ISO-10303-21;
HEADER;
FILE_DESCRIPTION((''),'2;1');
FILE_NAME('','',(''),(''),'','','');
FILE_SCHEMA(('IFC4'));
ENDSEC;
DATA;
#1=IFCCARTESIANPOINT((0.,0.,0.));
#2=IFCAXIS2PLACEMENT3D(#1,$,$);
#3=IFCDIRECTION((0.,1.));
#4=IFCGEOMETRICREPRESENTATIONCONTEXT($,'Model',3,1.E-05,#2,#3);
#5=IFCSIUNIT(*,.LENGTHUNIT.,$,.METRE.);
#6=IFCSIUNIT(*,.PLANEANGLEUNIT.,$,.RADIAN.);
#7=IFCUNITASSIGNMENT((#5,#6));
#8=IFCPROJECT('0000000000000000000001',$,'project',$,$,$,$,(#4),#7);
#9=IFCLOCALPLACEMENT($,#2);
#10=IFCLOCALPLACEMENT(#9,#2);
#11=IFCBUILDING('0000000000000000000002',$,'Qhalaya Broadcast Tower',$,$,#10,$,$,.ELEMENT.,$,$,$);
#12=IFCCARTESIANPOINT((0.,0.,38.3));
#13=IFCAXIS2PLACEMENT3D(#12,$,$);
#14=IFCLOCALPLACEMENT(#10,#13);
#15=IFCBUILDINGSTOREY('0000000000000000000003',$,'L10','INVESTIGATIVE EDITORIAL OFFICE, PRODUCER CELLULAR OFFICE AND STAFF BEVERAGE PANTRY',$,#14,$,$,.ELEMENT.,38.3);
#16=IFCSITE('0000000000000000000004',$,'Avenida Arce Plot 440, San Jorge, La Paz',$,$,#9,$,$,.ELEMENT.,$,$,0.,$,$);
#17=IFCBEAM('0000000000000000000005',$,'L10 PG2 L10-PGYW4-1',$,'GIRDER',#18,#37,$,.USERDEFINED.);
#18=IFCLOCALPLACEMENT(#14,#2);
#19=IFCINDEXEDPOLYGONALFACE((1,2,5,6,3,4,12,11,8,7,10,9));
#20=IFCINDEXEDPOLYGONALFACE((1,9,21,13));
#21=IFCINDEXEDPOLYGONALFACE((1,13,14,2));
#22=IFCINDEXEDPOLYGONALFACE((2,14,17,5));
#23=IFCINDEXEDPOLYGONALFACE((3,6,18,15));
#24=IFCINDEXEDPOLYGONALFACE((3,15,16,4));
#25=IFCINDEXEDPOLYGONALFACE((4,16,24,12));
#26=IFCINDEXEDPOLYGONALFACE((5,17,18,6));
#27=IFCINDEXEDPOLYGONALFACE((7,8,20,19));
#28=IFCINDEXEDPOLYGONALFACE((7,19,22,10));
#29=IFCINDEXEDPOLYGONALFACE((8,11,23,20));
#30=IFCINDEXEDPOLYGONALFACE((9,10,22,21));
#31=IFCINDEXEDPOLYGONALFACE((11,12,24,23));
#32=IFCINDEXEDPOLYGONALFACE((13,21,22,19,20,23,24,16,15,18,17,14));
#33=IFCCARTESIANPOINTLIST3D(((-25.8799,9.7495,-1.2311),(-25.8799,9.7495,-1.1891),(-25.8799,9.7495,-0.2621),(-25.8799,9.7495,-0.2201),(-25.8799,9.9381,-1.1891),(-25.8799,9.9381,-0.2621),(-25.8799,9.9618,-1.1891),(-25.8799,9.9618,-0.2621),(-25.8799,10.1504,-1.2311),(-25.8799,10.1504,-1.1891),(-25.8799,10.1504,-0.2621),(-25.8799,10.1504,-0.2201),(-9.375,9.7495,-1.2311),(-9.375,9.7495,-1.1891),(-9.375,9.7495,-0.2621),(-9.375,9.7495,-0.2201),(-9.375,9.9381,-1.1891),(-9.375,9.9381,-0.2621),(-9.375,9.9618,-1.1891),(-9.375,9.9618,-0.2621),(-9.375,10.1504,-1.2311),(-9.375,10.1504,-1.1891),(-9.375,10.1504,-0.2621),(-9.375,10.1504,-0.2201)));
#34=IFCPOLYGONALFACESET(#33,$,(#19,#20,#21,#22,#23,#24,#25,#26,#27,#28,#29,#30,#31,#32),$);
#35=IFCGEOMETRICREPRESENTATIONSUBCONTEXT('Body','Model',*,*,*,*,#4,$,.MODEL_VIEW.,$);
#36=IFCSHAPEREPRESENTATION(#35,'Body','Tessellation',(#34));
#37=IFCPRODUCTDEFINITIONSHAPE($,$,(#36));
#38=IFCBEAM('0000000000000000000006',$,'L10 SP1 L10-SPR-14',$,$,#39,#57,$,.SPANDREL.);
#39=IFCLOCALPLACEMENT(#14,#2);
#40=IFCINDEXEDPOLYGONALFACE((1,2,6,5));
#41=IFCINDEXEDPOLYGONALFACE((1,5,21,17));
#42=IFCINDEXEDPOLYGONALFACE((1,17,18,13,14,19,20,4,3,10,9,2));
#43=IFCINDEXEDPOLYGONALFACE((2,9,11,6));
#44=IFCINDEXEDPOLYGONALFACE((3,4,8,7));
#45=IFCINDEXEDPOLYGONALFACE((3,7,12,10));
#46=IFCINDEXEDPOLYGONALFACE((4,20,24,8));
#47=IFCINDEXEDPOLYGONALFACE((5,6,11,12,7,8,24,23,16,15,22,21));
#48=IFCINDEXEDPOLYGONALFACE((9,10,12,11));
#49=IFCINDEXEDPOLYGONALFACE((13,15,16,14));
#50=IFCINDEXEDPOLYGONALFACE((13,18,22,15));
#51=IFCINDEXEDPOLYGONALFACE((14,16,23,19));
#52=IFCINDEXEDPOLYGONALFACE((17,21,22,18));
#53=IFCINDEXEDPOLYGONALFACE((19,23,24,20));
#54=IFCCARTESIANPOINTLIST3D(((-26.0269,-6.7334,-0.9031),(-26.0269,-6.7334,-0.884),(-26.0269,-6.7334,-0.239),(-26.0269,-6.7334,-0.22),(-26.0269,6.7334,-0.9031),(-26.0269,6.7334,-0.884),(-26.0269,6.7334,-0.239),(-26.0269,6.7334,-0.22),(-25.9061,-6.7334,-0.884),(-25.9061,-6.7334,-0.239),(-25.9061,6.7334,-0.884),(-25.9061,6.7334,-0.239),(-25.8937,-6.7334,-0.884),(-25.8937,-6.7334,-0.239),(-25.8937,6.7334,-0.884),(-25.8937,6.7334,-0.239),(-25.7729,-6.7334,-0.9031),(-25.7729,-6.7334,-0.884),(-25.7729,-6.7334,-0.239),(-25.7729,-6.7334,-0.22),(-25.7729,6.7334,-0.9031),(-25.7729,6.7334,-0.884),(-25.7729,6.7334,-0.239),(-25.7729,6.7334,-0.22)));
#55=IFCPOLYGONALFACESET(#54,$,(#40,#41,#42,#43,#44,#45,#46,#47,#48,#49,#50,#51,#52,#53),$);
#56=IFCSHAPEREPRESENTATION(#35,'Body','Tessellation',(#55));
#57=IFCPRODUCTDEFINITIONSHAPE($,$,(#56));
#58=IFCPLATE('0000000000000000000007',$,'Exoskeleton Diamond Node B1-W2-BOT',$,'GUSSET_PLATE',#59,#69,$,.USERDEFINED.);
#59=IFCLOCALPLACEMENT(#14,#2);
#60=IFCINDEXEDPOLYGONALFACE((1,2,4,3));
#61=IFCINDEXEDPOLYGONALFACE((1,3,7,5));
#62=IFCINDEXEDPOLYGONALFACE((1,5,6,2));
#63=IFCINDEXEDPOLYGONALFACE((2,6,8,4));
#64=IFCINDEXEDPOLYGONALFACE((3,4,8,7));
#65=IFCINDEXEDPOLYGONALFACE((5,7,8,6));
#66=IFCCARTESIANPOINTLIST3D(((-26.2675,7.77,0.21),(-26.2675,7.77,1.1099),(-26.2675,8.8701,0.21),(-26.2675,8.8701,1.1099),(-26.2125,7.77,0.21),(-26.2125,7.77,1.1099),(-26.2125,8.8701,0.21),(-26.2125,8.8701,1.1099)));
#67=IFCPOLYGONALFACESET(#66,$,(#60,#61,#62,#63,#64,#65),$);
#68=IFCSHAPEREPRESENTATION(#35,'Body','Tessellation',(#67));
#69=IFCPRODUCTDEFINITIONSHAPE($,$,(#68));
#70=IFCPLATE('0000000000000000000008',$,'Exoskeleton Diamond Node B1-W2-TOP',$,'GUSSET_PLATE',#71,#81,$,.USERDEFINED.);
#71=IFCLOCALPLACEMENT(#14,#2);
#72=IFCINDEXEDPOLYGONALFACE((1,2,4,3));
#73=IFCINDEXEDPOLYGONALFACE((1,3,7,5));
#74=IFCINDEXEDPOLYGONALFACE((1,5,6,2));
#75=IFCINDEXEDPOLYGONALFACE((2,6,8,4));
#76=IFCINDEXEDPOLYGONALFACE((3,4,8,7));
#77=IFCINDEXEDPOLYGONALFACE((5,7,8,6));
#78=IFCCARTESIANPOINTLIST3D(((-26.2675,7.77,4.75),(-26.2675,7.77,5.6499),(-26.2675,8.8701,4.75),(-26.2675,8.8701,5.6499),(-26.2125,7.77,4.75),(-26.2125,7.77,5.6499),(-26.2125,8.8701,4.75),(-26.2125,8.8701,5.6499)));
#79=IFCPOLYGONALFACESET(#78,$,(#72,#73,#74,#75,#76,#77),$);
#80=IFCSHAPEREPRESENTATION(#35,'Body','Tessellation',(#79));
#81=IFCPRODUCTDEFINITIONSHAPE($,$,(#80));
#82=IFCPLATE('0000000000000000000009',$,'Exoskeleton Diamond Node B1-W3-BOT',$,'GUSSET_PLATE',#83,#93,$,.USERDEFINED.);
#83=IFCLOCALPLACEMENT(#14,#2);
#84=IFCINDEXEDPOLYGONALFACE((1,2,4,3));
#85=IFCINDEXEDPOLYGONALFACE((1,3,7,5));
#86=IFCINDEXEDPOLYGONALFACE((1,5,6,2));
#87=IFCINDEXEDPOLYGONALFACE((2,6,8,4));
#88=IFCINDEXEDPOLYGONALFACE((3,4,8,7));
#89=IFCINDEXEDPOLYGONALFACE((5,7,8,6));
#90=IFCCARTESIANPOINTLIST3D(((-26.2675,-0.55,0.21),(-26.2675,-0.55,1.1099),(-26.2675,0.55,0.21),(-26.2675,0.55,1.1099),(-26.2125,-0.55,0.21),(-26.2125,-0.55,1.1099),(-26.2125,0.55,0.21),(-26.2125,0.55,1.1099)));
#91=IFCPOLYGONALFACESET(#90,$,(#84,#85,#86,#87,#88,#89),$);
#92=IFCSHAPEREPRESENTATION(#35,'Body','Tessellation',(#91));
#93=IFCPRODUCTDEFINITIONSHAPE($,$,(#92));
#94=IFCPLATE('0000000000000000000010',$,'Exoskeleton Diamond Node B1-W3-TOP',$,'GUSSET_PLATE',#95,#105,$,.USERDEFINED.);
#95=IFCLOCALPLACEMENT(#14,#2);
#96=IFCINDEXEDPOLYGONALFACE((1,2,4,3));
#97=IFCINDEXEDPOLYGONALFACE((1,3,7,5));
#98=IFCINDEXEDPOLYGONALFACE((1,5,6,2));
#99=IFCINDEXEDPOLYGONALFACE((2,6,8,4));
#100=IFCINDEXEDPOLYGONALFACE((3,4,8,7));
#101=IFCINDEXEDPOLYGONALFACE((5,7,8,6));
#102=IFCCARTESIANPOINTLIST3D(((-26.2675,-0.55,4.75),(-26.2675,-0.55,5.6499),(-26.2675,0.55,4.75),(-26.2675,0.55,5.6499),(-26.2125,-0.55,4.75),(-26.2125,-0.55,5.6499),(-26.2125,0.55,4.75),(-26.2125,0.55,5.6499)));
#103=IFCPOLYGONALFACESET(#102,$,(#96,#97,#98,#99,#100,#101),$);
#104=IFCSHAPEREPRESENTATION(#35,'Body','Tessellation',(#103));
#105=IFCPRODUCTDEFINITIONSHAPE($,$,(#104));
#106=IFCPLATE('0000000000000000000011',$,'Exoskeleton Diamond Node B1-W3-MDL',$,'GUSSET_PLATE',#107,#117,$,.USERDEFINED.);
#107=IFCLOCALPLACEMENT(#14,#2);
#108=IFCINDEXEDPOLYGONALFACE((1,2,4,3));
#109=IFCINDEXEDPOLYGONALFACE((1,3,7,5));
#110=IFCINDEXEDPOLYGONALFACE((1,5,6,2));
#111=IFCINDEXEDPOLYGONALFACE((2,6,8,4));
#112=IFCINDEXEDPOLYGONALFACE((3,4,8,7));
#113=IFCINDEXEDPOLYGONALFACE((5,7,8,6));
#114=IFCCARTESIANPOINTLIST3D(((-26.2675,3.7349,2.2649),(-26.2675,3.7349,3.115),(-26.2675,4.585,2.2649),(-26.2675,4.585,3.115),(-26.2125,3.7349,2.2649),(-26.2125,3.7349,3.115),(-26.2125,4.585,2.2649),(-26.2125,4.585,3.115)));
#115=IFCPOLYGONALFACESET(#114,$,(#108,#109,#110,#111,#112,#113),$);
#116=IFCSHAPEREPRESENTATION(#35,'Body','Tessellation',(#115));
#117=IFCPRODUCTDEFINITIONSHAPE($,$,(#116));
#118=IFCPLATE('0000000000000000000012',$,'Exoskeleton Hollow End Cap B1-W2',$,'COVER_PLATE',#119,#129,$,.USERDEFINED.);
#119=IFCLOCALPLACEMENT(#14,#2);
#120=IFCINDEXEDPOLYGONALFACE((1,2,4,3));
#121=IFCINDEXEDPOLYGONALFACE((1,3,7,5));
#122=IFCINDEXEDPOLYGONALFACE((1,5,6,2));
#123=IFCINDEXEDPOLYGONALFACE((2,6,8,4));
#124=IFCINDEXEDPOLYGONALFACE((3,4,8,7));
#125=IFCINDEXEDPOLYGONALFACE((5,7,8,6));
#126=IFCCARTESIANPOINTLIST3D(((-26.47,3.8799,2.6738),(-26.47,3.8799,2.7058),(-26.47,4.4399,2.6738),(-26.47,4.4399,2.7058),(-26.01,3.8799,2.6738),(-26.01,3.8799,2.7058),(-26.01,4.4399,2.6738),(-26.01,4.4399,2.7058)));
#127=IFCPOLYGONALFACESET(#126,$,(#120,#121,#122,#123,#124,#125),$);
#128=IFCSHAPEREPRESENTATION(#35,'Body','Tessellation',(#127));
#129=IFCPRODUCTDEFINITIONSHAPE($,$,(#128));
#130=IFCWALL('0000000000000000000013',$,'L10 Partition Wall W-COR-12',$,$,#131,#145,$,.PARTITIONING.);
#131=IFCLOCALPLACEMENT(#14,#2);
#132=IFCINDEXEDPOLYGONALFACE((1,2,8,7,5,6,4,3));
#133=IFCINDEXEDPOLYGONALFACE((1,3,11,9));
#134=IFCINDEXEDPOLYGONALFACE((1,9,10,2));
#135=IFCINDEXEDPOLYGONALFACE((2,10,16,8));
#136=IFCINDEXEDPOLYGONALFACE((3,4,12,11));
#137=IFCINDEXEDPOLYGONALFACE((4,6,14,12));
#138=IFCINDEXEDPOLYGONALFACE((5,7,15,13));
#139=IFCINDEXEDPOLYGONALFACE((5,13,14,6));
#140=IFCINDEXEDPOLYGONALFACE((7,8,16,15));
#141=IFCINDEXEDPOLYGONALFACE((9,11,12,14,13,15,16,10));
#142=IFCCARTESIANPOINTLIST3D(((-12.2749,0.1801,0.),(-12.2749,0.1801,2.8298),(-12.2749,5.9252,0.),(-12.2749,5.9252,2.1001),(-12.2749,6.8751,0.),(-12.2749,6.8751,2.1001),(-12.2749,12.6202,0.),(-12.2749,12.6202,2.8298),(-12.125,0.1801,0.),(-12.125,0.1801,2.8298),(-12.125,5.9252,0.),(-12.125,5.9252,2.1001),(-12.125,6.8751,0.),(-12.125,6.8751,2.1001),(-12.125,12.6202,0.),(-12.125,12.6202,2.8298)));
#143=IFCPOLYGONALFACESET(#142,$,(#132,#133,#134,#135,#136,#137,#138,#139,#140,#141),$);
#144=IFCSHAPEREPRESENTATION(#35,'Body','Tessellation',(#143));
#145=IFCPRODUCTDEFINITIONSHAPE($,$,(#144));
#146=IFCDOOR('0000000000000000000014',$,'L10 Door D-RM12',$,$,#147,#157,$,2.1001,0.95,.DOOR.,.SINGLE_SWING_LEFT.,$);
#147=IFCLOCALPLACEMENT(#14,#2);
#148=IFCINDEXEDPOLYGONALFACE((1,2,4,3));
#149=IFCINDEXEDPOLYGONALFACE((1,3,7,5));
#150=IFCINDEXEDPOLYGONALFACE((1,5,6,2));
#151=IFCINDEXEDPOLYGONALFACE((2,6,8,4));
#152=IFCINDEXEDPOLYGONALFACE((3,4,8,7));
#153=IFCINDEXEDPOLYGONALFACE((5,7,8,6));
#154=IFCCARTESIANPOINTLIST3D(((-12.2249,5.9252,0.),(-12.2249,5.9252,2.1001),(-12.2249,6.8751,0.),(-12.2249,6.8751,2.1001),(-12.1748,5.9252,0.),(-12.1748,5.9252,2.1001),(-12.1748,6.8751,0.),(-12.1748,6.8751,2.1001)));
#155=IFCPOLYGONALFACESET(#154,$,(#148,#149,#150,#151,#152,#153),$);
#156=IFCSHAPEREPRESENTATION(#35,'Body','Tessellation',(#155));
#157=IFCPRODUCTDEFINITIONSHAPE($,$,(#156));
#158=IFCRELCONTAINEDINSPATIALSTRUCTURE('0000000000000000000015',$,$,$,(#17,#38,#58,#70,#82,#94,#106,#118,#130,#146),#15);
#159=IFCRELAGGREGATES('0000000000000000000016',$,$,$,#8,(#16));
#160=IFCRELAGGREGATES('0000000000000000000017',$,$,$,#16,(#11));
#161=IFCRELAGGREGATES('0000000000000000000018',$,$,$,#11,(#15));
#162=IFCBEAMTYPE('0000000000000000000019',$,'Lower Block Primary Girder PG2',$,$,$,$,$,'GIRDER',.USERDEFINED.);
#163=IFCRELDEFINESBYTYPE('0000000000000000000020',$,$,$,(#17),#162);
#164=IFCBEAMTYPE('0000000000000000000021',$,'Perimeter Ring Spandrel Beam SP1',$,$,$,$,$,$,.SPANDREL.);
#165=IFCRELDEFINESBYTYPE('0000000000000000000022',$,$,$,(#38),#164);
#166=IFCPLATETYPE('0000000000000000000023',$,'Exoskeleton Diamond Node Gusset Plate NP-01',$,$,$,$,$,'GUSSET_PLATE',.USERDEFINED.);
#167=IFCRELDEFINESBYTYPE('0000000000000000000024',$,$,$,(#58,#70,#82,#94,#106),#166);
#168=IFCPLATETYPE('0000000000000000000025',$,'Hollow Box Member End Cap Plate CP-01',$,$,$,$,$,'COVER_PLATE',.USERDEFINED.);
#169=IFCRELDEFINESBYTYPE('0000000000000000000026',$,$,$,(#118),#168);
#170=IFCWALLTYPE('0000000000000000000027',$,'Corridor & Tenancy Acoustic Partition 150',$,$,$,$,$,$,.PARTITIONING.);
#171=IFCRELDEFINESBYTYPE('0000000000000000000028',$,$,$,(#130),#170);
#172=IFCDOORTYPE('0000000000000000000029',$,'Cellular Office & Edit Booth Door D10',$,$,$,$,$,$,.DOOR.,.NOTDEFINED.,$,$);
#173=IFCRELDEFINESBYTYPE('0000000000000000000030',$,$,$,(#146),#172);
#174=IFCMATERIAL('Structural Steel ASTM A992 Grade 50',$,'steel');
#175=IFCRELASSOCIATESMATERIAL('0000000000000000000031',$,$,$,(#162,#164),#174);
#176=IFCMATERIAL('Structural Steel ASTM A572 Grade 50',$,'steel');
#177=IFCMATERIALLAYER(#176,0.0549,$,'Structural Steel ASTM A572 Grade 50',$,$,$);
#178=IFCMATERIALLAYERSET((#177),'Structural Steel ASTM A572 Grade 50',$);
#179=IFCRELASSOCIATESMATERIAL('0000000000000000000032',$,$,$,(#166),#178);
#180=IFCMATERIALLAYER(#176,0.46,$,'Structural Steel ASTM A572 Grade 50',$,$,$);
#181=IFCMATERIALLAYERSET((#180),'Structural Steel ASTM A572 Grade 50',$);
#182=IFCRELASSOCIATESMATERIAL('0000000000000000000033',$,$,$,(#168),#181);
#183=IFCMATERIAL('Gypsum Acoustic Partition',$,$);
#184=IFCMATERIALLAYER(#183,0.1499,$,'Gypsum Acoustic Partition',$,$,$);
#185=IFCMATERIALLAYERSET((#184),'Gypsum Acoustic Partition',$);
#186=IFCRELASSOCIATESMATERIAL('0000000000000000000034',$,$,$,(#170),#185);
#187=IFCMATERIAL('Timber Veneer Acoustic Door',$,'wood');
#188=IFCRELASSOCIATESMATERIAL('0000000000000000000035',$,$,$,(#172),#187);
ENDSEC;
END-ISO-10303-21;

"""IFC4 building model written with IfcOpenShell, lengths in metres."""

from ifc_helpers import new_model, si_unit, direction, frame, frame_2d, origin, origin_2d, place, context, subcontext, project, spatial, rectangle, i_section, extrude, material, layer, layer_set, material_profile, profile_set, type_object, element, fill, save


model = new_model("IFC4")

# Units and contexts
model_context = context("Model", 3, precision=1e-05, world=origin(), true_north=direction((0.0, 1.0)))
body_context = subcontext(model_context, "Body", "Model", "MODEL_VIEW")
ifc_project = project(units=[si_unit("LENGTHUNIT", "METRE"), si_unit("PLANEANGLEUNIT", "RADIAN")], contexts=[model_context])

# Site, building, storey
site_placement = place(None, origin())
site = spatial("IfcSite", under=ifc_project, at=site_placement, Name="Avenida Arce Plot 440, San Jorge, La Paz", CompositionType="ELEMENT", RefElevation=0.0)
building_placement = place(site_placement, origin())
building = spatial("IfcBuilding", under=site, at=building_placement, Name="Qhalaya Broadcast Tower", CompositionType="ELEMENT")
storey_placement = place(building_placement, frame((0.0, 0.0, 38.3)))
storey = spatial("IfcBuildingStorey", under=building, at=storey_placement, Name="L10", Description="INVESTIGATIVE EDITORIAL OFFICE, PRODUCER CELLULAR OFFICE AND STAFF BEVERAGE PANTRY", CompositionType="ELEMENT", Elevation=38.3)

# Shared definitions
ifc_material_1 = material(Name="Structural Steel ASTM A572 Grade 50", Category="steel")

# Shared definitions
ifc_material_2 = material(Name="Structural Steel ASTM A992 Grade 50", Category="steel")

# Beams
ifc_material_profile_1 = material_profile(ifc_material_2, i_section(OverallWidth=0.4009, OverallDepth=1.011, WebThickness=0.0237, FlangeThickness=0.042, at=origin_2d()), Name="W40X297")
ifc_profile_set_1 = profile_set([ifc_material_profile_1], Name="Structural Steel ASTM A992 Grade 50")
beam_type_1 = type_object("IfcBeamType", Name="Lower Block Primary Girder PG2", ElementType="GIRDER", PredefinedType="USERDEFINED", material=ifc_profile_set_1)
for number, where, z_axis, x_axis, name in (
    (1, (-25.8799, 9.95, -0.7256), (1.0, 0.0, 0.0), (0.0, 1.0, 0.0), "L10 PG2 L10-PGYW4-1"),
):
    element("IfcBeam", number, at=place(storey_placement, frame(where, z_axis=z_axis, x_axis=x_axis)), inside=storey, type_object=beam_type_1, Name=name, ObjectType="GIRDER", PredefinedType="USERDEFINED", context=body_context, shape_type="SweptSolid", body=[
        extrude(i_section(OverallWidth=0.4009, OverallDepth=1.011, WebThickness=0.0237, FlangeThickness=0.042, at=origin_2d()), origin(), (0.0, 0.0, 1.0), 16.5049),
    ])
ifc_material_profile_2 = material_profile(ifc_material_2, i_section(OverallWidth=0.2539, OverallDepth=0.6831, WebThickness=0.0125, FlangeThickness=0.019, at=origin_2d()), Name="W27X94")
ifc_profile_set_2 = profile_set([ifc_material_profile_2], Name="Structural Steel ASTM A992 Grade 50")
beam_type_2 = type_object("IfcBeamType", Name="Perimeter Ring Spandrel Beam SP1", PredefinedType="SPANDREL", material=ifc_profile_set_2)
beam_placement = place(storey_placement, frame((-25.8999, 6.7334, -0.5615), z_axis=(0.0, -1.0, 0.0), x_axis=(1.0, 0.0, 0.0)))
element("IfcBeam", 2, at=beam_placement, inside=storey, type_object=beam_type_2, Name="L10 SP1 L10-SPR-14", PredefinedType="SPANDREL", context=body_context, shape_type="SweptSolid", body=[
    extrude(i_section(OverallWidth=0.2539, OverallDepth=0.6831, WebThickness=0.0125, FlangeThickness=0.019, at=origin_2d()), origin(), (0.0, 0.0, 1.0), 13.4668),
])

# Plates
ifc_layer_1 = layer(ifc_material_1, 0.0549, Name="Structural Steel ASTM A572 Grade 50")
ifc_layer_set_1 = layer_set([ifc_layer_1], Name="Structural Steel ASTM A572 Grade 50")
plate_type_1 = type_object("IfcPlateType", Name="Exoskeleton Diamond Node Gusset Plate NP-01", ElementType="GUSSET_PLATE", PredefinedType="USERDEFINED", material=ifc_layer_set_1)
for number, where, z_axis, x_axis, name in (
    (3, (-26.24, 8.3201, 0.21), (0.0, 0.0, 1.0), (0.0, 1.0, 0.0), "Exoskeleton Diamond Node B1-W2-BOT"),
    (4, (-26.24, 8.3201, 4.75), (0.0, 0.0, 1.0), (0.0, 1.0, 0.0), "Exoskeleton Diamond Node B1-W2-TOP"),
    (5, (-26.24, 0.0, 0.21), (0.0, 0.0, 1.0), (0.0, 1.0, 0.0), "Exoskeleton Diamond Node B1-W3-BOT"),
    (6, (-26.24, 0.0, 4.75), (0.0, 0.0, 1.0), (0.0, 1.0, 0.0), "Exoskeleton Diamond Node B1-W3-TOP"),
):
    element("IfcPlate", number, at=place(storey_placement, frame(where, z_axis=z_axis, x_axis=x_axis)), inside=storey, type_object=plate_type_1, Name=name, ObjectType="GUSSET_PLATE", PredefinedType="USERDEFINED", context=body_context, shape_type="SweptSolid", body=[
        extrude(rectangle(XDim=1.1001, YDim=0.0549, at=origin_2d()), origin(), (0.0, 0.0, 1.0), 0.8999),
    ])
plate_1_placement = place(storey_placement, frame((-26.24, 4.1599, 2.2649), z_axis=(0.0, 0.0, 1.0), x_axis=(0.0, 1.0, 0.0)))
element("IfcPlate", 7, at=plate_1_placement, inside=storey, type_object=plate_type_1, Name="Exoskeleton Diamond Node B1-W3-MDL", ObjectType="GUSSET_PLATE", PredefinedType="USERDEFINED", context=body_context, shape_type="SweptSolid", body=[
    extrude(rectangle(XDim=0.8501, YDim=0.0549, at=origin_2d()), origin(), (0.0, 0.0, 1.0), 0.8501),
])
ifc_layer_2 = layer(ifc_material_1, 0.46, Name="Structural Steel ASTM A572 Grade 50")
ifc_layer_set_2 = layer_set([ifc_layer_2], Name="Structural Steel ASTM A572 Grade 50")
plate_type_2 = type_object("IfcPlateType", Name="Hollow Box Member End Cap Plate CP-01", ElementType="COVER_PLATE", PredefinedType="USERDEFINED", material=ifc_layer_set_2)
plate_2_placement = place(storey_placement, frame((-26.24, 4.1599, 2.6738), z_axis=(0.0, 0.0, 1.0), x_axis=(0.0, 1.0, 0.0)))
element("IfcPlate", 8, at=plate_2_placement, inside=storey, type_object=plate_type_2, Name="Exoskeleton Hollow End Cap B1-W2", ObjectType="COVER_PLATE", PredefinedType="USERDEFINED", context=body_context, shape_type="SweptSolid", body=[
    extrude(rectangle(XDim=0.5601, YDim=0.46, at=origin_2d()), origin(), (0.0, 0.0, 1.0), 0.032),
])

# Wall, opening, door
ifc_material_3 = material(Name="Gypsum Acoustic Partition")
ifc_layer_3 = layer(ifc_material_3, 0.1499, Name="Gypsum Acoustic Partition")
ifc_layer_set_3 = layer_set([ifc_layer_3], Name="Gypsum Acoustic Partition")
wall_type_1 = type_object("IfcWallType", Name="Corridor & Tenancy Acoustic Partition 150", PredefinedType="PARTITIONING", material=ifc_layer_set_3)
wall_1_placement = place(storey_placement, frame((-12.2, 0.1799, 0.0), z_axis=(0.0, 0.0, 1.0), x_axis=(0.0, 1.0, 0.0)))
wall_1 = element("IfcWall", 9, at=wall_1_placement, inside=storey, type_object=wall_type_1, Name="L10 Partition Wall W-COR-12", PredefinedType="PARTITIONING", context=body_context, shape_type="SweptSolid", body=[
    extrude(rectangle(XDim=12.4402, YDim=0.1499, at=frame_2d((6.2202, 0.0))), origin(), (0.0, 0.0, 1.0), 2.8298),
])
opening_1_placement = place(wall_1_placement, frame((5.7451, 0.0, 0.0)))
opening_1 = element("IfcOpeningElement", 10, at=opening_1_placement, cuts=wall_1, PredefinedType="OPENING", context=body_context, shape_type="SweptSolid", body=[
    extrude(rectangle(XDim=0.95, YDim=2.1001, at=frame_2d((0.4751, 1.05))), frame((0.0, 0.0869, 0.0), z_axis=(0.0, -1.0, 0.0), x_axis=(1.0, 0.0, 0.0)), (0.0, 0.0, 1.0), 0.1738),
])
ifc_material_4 = material(Name="Timber Veneer Acoustic Door", Category="wood")
door_type = type_object("IfcDoorType", Name="Cellular Office & Edit Booth Door D10", OperationType="NOTDEFINED", PredefinedType="DOOR", material=ifc_material_4)
door_placement = place(opening_1_placement, origin())
door = element("IfcDoor", 11, at=door_placement, inside=storey, type_object=door_type, Name="L10 Door D-RM12", OperationType="SINGLE_SWING_LEFT", OverallHeight=2.1001, OverallWidth=0.95, PredefinedType="DOOR", context=body_context, shape_type="SweptSolid", body=[
    extrude(rectangle(XDim=0.95, YDim=2.1001, at=frame_2d((0.4751, 1.05))), frame((0.0, 0.0249, 0.0), z_axis=(0.0, -1.0, 0.0), x_axis=(1.0, 0.0, 0.0)), (0.0, 0.0, 1.0), 0.05),
])
fill(opening_1, door)

save(model, "model.ifc")
